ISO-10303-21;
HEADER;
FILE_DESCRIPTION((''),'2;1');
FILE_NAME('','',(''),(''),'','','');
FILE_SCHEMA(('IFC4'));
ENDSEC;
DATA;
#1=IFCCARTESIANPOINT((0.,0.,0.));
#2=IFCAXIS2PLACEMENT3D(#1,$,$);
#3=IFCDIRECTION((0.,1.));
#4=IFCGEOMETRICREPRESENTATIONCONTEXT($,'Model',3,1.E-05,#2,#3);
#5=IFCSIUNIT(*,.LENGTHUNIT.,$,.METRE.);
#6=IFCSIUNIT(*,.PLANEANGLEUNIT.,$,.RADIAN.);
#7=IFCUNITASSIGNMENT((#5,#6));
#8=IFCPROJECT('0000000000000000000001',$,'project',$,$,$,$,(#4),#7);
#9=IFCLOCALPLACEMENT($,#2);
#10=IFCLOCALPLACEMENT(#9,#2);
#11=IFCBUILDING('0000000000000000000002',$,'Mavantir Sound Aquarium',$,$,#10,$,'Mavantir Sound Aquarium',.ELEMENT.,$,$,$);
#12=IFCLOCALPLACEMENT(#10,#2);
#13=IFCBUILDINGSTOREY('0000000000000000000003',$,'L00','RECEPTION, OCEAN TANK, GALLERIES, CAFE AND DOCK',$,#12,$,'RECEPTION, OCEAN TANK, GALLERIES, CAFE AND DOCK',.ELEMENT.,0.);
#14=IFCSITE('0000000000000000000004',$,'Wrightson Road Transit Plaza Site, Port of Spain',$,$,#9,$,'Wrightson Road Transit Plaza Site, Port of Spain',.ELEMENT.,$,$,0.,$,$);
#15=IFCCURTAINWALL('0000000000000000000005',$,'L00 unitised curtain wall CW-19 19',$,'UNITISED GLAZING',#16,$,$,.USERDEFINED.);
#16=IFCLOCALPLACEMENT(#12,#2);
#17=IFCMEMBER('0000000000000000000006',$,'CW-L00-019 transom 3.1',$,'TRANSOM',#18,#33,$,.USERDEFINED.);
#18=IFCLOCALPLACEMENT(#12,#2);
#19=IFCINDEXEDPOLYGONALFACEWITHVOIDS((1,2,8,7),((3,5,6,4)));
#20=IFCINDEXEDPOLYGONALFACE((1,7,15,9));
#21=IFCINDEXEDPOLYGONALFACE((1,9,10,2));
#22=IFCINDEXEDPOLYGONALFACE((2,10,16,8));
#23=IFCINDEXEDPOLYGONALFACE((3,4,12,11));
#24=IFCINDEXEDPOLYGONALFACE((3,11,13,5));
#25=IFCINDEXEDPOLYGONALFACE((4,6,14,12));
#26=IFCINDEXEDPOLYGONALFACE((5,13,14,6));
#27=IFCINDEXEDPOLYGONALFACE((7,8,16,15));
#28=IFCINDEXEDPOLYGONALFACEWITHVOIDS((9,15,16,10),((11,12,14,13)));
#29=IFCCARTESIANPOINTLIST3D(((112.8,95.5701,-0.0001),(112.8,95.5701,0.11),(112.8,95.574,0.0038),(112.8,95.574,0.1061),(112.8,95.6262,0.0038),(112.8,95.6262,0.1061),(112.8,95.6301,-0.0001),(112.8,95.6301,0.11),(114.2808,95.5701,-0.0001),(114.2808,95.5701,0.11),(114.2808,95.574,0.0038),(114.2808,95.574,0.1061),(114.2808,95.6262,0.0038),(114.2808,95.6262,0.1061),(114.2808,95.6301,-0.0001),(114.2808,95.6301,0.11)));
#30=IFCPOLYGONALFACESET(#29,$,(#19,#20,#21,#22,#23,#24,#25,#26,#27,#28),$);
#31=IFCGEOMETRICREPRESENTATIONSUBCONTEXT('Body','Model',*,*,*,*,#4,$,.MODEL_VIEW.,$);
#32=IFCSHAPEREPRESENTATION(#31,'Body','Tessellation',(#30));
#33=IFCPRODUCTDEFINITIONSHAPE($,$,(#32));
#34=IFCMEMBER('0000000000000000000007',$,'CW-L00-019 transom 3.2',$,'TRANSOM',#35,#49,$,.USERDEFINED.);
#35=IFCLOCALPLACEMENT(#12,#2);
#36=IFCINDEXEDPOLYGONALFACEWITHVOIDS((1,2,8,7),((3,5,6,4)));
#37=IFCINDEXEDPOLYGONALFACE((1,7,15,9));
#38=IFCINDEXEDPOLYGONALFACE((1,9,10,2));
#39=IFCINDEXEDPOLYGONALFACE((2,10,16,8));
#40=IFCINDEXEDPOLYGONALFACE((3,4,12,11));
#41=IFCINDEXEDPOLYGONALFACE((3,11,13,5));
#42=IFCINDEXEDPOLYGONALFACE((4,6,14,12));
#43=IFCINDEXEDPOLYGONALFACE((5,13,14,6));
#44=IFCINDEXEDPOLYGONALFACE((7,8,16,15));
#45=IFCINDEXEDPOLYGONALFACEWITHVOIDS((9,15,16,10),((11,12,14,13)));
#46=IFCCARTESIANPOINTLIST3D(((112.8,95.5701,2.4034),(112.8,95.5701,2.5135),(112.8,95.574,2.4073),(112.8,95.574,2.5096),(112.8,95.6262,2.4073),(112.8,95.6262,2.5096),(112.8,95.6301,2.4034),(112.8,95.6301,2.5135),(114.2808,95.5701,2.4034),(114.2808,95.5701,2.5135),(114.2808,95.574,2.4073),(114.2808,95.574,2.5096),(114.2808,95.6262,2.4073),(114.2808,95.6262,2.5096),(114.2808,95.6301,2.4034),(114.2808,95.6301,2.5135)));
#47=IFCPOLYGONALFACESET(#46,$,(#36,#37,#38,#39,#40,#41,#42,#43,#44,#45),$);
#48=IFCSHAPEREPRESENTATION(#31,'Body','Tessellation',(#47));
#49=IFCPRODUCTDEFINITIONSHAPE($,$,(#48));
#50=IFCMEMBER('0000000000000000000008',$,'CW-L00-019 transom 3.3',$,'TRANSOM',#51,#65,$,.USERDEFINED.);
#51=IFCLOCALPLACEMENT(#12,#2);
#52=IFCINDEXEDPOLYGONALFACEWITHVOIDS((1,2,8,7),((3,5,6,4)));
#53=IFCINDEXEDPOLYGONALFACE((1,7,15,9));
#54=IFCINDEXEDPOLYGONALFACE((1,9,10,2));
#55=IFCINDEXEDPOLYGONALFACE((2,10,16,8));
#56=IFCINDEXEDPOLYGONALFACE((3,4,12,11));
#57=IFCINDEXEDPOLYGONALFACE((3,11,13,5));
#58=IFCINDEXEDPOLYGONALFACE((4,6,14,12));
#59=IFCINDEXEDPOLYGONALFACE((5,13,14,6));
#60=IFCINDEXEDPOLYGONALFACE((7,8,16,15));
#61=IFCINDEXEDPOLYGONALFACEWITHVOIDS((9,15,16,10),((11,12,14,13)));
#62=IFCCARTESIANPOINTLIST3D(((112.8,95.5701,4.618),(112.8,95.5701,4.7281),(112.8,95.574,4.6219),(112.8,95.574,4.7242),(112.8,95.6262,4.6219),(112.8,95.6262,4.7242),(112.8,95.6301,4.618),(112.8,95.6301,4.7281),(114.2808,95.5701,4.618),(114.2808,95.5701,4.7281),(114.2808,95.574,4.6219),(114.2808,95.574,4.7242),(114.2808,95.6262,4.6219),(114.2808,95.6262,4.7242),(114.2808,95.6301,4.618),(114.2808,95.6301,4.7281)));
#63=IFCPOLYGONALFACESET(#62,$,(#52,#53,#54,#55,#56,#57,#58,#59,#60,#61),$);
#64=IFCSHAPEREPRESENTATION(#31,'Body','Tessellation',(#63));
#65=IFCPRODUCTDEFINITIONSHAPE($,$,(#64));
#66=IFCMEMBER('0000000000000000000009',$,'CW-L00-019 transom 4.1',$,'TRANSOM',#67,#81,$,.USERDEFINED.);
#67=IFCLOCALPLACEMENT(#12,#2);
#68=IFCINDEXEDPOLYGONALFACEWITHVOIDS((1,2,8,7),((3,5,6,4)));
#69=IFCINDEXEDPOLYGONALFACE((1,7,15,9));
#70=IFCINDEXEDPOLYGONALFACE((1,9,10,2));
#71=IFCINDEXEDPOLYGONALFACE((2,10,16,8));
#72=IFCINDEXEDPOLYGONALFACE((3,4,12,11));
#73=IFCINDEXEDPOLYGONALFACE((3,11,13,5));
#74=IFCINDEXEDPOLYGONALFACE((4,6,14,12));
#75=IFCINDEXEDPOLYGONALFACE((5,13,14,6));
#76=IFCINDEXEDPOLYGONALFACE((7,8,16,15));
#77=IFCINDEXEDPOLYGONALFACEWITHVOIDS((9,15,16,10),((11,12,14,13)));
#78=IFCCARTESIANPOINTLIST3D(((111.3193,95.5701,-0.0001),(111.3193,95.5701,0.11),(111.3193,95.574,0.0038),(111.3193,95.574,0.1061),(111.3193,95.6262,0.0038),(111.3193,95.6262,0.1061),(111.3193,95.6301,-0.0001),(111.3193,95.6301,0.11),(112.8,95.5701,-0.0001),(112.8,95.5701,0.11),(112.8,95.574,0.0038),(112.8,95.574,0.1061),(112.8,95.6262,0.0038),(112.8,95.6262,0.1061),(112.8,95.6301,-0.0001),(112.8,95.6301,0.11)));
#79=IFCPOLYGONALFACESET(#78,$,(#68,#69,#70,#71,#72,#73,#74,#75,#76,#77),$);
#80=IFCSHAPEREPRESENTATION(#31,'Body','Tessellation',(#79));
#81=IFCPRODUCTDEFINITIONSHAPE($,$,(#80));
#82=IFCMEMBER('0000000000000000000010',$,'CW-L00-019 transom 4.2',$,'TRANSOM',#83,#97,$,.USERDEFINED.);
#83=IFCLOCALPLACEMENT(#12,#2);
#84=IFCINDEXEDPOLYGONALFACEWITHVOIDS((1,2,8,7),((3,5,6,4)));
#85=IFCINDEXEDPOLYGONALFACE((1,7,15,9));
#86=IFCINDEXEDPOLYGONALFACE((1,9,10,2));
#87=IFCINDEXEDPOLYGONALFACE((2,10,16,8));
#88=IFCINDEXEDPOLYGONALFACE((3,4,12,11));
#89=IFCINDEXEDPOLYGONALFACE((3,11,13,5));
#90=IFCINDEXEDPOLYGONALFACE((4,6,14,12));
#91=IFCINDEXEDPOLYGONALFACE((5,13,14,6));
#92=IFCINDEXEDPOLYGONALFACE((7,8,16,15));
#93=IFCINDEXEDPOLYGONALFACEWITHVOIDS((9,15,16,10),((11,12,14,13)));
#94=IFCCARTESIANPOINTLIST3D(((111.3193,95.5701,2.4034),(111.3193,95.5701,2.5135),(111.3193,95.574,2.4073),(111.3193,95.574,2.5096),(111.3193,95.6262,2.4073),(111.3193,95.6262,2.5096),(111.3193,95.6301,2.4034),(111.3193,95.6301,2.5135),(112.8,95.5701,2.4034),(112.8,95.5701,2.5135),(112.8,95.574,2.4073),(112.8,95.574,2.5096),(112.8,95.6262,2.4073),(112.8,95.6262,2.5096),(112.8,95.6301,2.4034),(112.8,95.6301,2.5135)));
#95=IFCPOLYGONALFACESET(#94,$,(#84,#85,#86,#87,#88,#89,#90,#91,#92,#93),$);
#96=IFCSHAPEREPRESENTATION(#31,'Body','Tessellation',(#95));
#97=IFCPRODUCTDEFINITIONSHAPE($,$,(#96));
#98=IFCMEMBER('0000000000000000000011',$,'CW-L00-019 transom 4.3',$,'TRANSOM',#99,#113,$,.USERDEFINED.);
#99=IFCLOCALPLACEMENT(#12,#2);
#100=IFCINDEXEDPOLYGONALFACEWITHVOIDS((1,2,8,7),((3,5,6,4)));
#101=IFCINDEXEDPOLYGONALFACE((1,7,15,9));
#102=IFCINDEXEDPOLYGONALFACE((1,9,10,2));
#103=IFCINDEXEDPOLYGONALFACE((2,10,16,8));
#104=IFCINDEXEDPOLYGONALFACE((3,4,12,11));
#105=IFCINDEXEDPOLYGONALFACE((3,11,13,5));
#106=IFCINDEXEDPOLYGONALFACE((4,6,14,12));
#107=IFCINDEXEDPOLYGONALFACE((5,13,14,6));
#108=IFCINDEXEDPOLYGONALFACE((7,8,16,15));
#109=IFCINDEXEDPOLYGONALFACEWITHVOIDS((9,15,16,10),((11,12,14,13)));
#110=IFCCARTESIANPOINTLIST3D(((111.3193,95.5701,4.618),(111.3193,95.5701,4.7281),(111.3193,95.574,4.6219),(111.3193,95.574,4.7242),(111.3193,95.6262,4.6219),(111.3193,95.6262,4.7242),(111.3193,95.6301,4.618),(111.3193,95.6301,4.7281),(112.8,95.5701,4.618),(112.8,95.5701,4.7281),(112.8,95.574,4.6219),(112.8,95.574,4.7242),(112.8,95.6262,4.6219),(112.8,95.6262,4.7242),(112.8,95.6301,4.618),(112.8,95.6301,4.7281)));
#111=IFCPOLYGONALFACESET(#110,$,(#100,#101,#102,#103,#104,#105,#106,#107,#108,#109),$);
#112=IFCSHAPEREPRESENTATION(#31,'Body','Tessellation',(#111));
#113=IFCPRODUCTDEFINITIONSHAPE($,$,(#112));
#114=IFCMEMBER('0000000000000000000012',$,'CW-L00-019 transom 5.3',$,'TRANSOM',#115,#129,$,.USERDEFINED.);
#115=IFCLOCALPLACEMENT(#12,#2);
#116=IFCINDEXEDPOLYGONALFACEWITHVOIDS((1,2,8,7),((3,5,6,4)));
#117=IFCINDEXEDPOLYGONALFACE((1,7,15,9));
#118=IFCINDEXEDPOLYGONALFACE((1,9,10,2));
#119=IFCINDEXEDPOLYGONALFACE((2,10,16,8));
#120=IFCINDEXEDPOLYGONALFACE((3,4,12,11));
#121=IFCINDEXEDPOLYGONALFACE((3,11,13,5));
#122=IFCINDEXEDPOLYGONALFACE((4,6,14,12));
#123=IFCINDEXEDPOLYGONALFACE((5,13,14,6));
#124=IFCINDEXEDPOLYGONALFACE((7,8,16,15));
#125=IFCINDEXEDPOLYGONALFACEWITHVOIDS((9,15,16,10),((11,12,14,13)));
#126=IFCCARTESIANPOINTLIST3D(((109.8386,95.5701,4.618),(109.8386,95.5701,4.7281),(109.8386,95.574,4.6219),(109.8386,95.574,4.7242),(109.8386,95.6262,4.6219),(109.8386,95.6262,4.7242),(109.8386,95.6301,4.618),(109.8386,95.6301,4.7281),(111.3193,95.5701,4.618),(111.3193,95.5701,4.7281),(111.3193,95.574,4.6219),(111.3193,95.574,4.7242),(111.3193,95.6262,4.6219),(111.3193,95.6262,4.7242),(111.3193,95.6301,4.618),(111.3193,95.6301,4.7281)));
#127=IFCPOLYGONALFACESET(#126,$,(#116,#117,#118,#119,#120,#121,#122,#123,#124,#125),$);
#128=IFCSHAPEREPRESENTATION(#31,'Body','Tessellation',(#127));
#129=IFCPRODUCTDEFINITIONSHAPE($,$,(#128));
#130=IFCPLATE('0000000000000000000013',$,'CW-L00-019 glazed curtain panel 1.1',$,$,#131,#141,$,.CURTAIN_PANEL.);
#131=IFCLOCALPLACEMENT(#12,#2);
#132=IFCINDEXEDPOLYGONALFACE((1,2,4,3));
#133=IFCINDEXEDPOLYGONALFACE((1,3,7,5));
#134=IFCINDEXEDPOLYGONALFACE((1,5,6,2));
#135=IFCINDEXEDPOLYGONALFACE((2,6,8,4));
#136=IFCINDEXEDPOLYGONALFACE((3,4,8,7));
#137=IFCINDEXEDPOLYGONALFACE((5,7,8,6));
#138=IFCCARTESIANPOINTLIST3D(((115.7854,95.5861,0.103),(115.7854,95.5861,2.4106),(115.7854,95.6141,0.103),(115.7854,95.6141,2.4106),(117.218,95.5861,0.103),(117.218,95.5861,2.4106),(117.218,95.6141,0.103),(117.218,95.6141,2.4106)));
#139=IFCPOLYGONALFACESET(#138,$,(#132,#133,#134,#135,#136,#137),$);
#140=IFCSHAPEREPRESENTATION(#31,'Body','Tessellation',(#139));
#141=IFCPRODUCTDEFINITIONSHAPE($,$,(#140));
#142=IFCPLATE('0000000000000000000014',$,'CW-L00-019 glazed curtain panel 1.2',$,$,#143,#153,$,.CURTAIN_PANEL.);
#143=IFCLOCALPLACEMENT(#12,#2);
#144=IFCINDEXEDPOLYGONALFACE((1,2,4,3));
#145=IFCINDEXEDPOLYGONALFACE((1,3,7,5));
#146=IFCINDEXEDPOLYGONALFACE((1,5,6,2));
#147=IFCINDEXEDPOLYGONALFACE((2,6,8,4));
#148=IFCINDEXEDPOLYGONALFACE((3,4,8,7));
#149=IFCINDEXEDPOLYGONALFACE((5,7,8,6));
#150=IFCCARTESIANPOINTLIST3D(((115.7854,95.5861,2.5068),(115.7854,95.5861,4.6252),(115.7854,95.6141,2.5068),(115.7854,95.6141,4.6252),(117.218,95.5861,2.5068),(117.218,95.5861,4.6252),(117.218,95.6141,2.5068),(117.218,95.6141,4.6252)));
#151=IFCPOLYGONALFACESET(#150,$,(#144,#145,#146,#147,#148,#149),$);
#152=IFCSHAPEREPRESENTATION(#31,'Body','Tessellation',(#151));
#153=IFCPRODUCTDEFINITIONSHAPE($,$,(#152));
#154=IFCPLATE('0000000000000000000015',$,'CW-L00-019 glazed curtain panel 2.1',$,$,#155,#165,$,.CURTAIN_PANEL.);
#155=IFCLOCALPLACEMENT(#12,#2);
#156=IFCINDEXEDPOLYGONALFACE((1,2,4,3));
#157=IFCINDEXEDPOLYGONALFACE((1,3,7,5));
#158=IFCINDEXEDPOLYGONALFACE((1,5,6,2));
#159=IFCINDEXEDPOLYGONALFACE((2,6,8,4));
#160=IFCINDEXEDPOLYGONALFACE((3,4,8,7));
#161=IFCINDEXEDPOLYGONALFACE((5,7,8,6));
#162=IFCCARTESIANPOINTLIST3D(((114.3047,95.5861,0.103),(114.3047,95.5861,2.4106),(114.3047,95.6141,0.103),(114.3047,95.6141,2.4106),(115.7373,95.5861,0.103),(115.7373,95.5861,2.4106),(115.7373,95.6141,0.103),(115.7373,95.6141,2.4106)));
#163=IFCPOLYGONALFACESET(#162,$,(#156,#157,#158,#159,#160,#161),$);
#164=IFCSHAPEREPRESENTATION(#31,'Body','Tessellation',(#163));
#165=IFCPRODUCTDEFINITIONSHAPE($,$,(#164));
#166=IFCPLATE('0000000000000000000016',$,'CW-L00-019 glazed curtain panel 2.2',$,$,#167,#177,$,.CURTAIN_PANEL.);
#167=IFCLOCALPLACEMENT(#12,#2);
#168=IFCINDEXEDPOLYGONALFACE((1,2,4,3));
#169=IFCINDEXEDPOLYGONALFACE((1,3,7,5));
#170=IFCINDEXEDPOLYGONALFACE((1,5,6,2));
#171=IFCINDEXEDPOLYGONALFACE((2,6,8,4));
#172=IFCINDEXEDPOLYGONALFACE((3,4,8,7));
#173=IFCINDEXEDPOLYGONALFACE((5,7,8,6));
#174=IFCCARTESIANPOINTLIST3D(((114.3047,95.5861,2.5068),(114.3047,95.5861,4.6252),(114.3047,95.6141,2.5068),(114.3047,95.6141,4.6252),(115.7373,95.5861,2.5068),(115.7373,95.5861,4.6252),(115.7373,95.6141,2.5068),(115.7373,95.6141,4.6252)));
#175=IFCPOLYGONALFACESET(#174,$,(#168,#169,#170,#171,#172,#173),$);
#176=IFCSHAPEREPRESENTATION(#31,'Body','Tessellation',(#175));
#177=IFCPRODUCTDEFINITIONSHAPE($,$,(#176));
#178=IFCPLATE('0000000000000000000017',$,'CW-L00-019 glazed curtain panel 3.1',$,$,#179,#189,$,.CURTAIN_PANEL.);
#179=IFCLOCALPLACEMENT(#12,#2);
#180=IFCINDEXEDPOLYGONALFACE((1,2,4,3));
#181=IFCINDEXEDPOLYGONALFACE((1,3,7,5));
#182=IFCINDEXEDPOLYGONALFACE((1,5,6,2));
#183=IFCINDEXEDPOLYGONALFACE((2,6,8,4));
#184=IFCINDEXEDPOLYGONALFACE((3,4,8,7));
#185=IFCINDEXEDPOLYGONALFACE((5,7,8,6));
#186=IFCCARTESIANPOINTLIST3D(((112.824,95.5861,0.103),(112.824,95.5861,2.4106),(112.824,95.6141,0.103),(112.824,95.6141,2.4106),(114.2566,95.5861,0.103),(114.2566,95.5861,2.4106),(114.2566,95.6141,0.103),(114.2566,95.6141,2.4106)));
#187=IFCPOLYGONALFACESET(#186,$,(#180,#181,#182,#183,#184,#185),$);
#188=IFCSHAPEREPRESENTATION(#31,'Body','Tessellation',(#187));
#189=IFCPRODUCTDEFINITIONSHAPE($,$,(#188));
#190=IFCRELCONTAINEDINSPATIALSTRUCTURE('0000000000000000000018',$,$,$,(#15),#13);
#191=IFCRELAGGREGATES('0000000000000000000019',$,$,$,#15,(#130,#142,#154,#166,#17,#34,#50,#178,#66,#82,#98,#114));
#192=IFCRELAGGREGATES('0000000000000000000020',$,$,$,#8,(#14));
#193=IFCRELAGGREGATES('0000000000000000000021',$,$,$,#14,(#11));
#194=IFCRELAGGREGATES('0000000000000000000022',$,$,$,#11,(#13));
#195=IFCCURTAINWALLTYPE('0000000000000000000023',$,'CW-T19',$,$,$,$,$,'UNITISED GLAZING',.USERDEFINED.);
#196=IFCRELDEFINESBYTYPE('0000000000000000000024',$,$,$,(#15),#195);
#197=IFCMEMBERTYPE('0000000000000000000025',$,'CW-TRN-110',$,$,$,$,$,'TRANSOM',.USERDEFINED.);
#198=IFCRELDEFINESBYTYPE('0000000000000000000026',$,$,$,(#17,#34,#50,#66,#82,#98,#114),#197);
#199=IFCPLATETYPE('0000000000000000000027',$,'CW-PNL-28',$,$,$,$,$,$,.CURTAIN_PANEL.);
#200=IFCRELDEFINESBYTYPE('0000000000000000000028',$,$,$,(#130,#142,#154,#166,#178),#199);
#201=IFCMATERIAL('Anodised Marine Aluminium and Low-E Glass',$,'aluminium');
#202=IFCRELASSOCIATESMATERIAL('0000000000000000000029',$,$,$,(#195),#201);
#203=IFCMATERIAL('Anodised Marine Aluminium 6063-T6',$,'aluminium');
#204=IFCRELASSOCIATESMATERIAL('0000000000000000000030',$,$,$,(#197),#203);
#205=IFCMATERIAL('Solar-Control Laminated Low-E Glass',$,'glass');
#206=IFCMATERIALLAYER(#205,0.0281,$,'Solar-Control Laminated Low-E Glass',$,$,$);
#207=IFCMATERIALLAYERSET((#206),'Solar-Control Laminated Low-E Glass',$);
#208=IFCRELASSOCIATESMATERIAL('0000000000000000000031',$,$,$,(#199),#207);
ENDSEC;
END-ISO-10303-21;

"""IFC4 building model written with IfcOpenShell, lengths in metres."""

from ifc_helpers import new_model, si_unit, direction, frame, origin, origin_2d, place, context, subcontext, project, spatial, rectangle, hollow_rectangle, extrude, material, layer, layer_set, material_profile, profile_set, type_object, element, aggregate, save


model = new_model("IFC4")

# Units and contexts
model_context = context("Model", 3, precision=1e-05, world=origin(), true_north=direction((0.0, 1.0)))
body_context = subcontext(model_context, "Body", "Model", "MODEL_VIEW")
ifc_project = project(units=[si_unit("LENGTHUNIT", "METRE"), si_unit("PLANEANGLEUNIT", "RADIAN")], contexts=[model_context])

# Site, building, storey
site_placement = place(None, origin())
site = spatial("IfcSite", under=ifc_project, at=site_placement, Name="Wrightson Road Transit Plaza Site, Port of Spain", LongName="Wrightson Road Transit Plaza Site, Port of Spain", CompositionType="ELEMENT", RefElevation=0.0)
building_placement = place(site_placement, origin())
building = spatial("IfcBuilding", under=site, at=building_placement, Name="Mavantir Sound Aquarium", LongName="Mavantir Sound Aquarium", CompositionType="ELEMENT")
storey_placement = place(building_placement, origin())
storey = spatial("IfcBuildingStorey", under=building, at=storey_placement, Name="L00", Description="RECEPTION, OCEAN TANK, GALLERIES, CAFE AND DOCK", LongName="RECEPTION, OCEAN TANK, GALLERIES, CAFE AND DOCK", CompositionType="ELEMENT", Elevation=0.0)

# Curtain wall, members, plates
ifc_material_1 = material(Name="Anodised Marine Aluminium and Low-E Glass", Category="aluminium")
curtain_wall_type = type_object("IfcCurtainWallType", Name="CW-T19", ElementType="UNITISED GLAZING", PredefinedType="USERDEFINED", material=ifc_material_1)
curtain_wall_placement = place(storey_placement, origin())
curtain_wall = element("IfcCurtainWall", 1, at=curtain_wall_placement, inside=storey, type_object=curtain_wall_type, Name="L00 unitised curtain wall CW-19 19", ObjectType="UNITISED GLAZING", PredefinedType="USERDEFINED")
ifc_material_2 = material(Name="Anodised Marine Aluminium 6063-T6", Category="aluminium")
ifc_material_profile_1 = material_profile(ifc_material_2, hollow_rectangle(XDim=0.0601, YDim=0.1101, WallThickness=0.0039, at=origin_2d()), Name="ALU-TRANSOM-110X60")
ifc_profile_set_1 = profile_set([ifc_material_profile_1], Name="Anodised Marine Aluminium 6063-T6")
member_type_1 = type_object("IfcMemberType", Name="CW-TRN-110", ElementType="TRANSOM", PredefinedType="USERDEFINED", material=ifc_profile_set_1)
member_1_placement = place(storey_placement, frame((114.2808, 95.6001, 0.0549), z_axis=(-1.0, 0.0, 0.0), x_axis=(0.0, -1.0, 0.0)))
member_1 = element("IfcMember", 2, at=member_1_placement, type_object=member_type_1, Name="CW-L00-019 transom 3.1", ObjectType="TRANSOM", PredefinedType="USERDEFINED", context=body_context, shape_type="SweptSolid", body=[
    extrude(hollow_rectangle(XDim=0.0601, YDim=0.1101, WallThickness=0.0039, at=origin_2d()), origin(), (0.0, 0.0, 1.0), 1.4807),
])
member_2_placement = place(storey_placement, frame((114.2808, 95.6001, 2.4585), z_axis=(-1.0, 0.0, 0.0), x_axis=(0.0, -1.0, 0.0)))
member_2 = element("IfcMember", 3, at=member_2_placement, type_object=member_type_1, Name="CW-L00-019 transom 3.2", ObjectType="TRANSOM", PredefinedType="USERDEFINED", context=body_context, shape_type="SweptSolid", body=[
    extrude(hollow_rectangle(XDim=0.0601, YDim=0.1101, WallThickness=0.0039, at=origin_2d()), origin(), (0.0, 0.0, 1.0), 1.4807),
])
member_3_placement = place(storey_placement, frame((114.2808, 95.6001, 4.6731), z_axis=(-1.0, 0.0, 0.0), x_axis=(0.0, -1.0, 0.0)))
member_3 = element("IfcMember", 4, at=member_3_placement, type_object=member_type_1, Name="CW-L00-019 transom 3.3", ObjectType="TRANSOM", PredefinedType="USERDEFINED", context=body_context, shape_type="SweptSolid", body=[
    extrude(hollow_rectangle(XDim=0.0601, YDim=0.1101, WallThickness=0.0039, at=origin_2d()), origin(), (0.0, 0.0, 1.0), 1.4807),
])
member_4_placement = place(storey_placement, frame((112.8, 95.6001, 0.0549), z_axis=(-1.0, 0.0, 0.0), x_axis=(0.0, -1.0, 0.0)))
member_4 = element("IfcMember", 5, at=member_4_placement, type_object=member_type_1, Name="CW-L00-019 transom 4.1", ObjectType="TRANSOM", PredefinedType="USERDEFINED", context=body_context, shape_type="SweptSolid", body=[
    extrude(hollow_rectangle(XDim=0.0601, YDim=0.1101, WallThickness=0.0039, at=origin_2d()), origin(), (0.0, 0.0, 1.0), 1.4807),
])
member_5_placement = place(storey_placement, frame((112.8, 95.6001, 2.4585), z_axis=(-1.0, 0.0, 0.0), x_axis=(0.0, -1.0, 0.0)))
member_5 = element("IfcMember", 6, at=member_5_placement, type_object=member_type_1, Name="CW-L00-019 transom 4.2", ObjectType="TRANSOM", PredefinedType="USERDEFINED", context=body_context, shape_type="SweptSolid", body=[
    extrude(hollow_rectangle(XDim=0.0601, YDim=0.1101, WallThickness=0.0039, at=origin_2d()), origin(), (0.0, 0.0, 1.0), 1.4807),
])
member_6_placement = place(storey_placement, frame((112.8, 95.6001, 4.6731), z_axis=(-1.0, 0.0, 0.0), x_axis=(0.0, -1.0, 0.0)))
member_6 = element("IfcMember", 7, at=member_6_placement, type_object=member_type_1, Name="CW-L00-019 transom 4.3", ObjectType="TRANSOM", PredefinedType="USERDEFINED", context=body_context, shape_type="SweptSolid", body=[
    extrude(hollow_rectangle(XDim=0.0601, YDim=0.1101, WallThickness=0.0039, at=origin_2d()), origin(), (0.0, 0.0, 1.0), 1.4807),
])
member_7_placement = place(storey_placement, frame((111.3193, 95.6001, 4.6731), z_axis=(-1.0, 0.0, 0.0), x_axis=(0.0, -1.0, 0.0)))
member_7 = element("IfcMember", 8, at=member_7_placement, type_object=member_type_1, Name="CW-L00-019 transom 5.3", ObjectType="TRANSOM", PredefinedType="USERDEFINED", context=body_context, shape_type="SweptSolid", body=[
    extrude(hollow_rectangle(XDim=0.0601, YDim=0.1101, WallThickness=0.0039, at=origin_2d()), origin(), (0.0, 0.0, 1.0), 1.4807),
])
ifc_material_3 = material(Name="Solar-Control Laminated Low-E Glass", Category="glass")
ifc_layer = layer(ifc_material_3, 0.0281, Name="Solar-Control Laminated Low-E Glass")
ifc_layer_set = layer_set([ifc_layer], Name="Solar-Control Laminated Low-E Glass")
plate_type = type_object("IfcPlateType", Name="CW-PNL-28", PredefinedType="CURTAIN_PANEL", material=ifc_layer_set)
plate_1_placement = place(storey_placement, frame((116.5017, 95.6001, 0.103), z_axis=(0.0, 0.0, 1.0), x_axis=(-1.0, 0.0, 0.0)))
plate_1 = element("IfcPlate", 9, at=plate_1_placement, type_object=plate_type, Name="CW-L00-019 glazed curtain panel 1.1", PredefinedType="CURTAIN_PANEL", context=body_context, shape_type="SweptSolid", body=[
    extrude(rectangle(XDim=1.4326, YDim=0.0281, at=origin_2d()), origin(), (0.0, 0.0, 1.0), 2.3076),
])
plate_2_placement = place(storey_placement, frame((116.5017, 95.6001, 2.5068), z_axis=(0.0, 0.0, 1.0), x_axis=(-1.0, 0.0, 0.0)))
plate_2 = element("IfcPlate", 10, at=plate_2_placement, type_object=plate_type, Name="CW-L00-019 glazed curtain panel 1.2", PredefinedType="CURTAIN_PANEL", context=body_context, shape_type="SweptSolid", body=[
    extrude(rectangle(XDim=1.4326, YDim=0.0281, at=origin_2d()), origin(), (0.0, 0.0, 1.0), 2.1184),
])
plate_3_placement = place(storey_placement, frame((115.021, 95.6001, 0.103), z_axis=(0.0, 0.0, 1.0), x_axis=(-1.0, 0.0, 0.0)))
plate_3 = element("IfcPlate", 11, at=plate_3_placement, type_object=plate_type, Name="CW-L00-019 glazed curtain panel 2.1", PredefinedType="CURTAIN_PANEL", context=body_context, shape_type="SweptSolid", body=[
    extrude(rectangle(XDim=1.4326, YDim=0.0281, at=origin_2d()), origin(), (0.0, 0.0, 1.0), 2.3076),
])
plate_4_placement = place(storey_placement, frame((115.021, 95.6001, 2.5068), z_axis=(0.0, 0.0, 1.0), x_axis=(-1.0, 0.0, 0.0)))
plate_4 = element("IfcPlate", 12, at=plate_4_placement, type_object=plate_type, Name="CW-L00-019 glazed curtain panel 2.2", PredefinedType="CURTAIN_PANEL", context=body_context, shape_type="SweptSolid", body=[
    extrude(rectangle(XDim=1.4326, YDim=0.0281, at=origin_2d()), origin(), (0.0, 0.0, 1.0), 2.1184),
])
plate_5_placement = place(storey_placement, frame((113.5403, 95.6001, 0.103), z_axis=(0.0, 0.0, 1.0), x_axis=(-1.0, 0.0, 0.0)))
plate_5 = element("IfcPlate", 13, at=plate_5_placement, type_object=plate_type, Name="CW-L00-019 glazed curtain panel 3.1", PredefinedType="CURTAIN_PANEL", context=body_context, shape_type="SweptSolid", body=[
    extrude(rectangle(XDim=1.4326, YDim=0.0281, at=origin_2d()), origin(), (0.0, 0.0, 1.0), 2.3076),
])
aggregate(curtain_wall, [plate_1, plate_2, plate_3, plate_4, member_1, member_2, member_3, plate_5, member_4, member_5, member_6, member_7])

save(model, "model.ifc")
